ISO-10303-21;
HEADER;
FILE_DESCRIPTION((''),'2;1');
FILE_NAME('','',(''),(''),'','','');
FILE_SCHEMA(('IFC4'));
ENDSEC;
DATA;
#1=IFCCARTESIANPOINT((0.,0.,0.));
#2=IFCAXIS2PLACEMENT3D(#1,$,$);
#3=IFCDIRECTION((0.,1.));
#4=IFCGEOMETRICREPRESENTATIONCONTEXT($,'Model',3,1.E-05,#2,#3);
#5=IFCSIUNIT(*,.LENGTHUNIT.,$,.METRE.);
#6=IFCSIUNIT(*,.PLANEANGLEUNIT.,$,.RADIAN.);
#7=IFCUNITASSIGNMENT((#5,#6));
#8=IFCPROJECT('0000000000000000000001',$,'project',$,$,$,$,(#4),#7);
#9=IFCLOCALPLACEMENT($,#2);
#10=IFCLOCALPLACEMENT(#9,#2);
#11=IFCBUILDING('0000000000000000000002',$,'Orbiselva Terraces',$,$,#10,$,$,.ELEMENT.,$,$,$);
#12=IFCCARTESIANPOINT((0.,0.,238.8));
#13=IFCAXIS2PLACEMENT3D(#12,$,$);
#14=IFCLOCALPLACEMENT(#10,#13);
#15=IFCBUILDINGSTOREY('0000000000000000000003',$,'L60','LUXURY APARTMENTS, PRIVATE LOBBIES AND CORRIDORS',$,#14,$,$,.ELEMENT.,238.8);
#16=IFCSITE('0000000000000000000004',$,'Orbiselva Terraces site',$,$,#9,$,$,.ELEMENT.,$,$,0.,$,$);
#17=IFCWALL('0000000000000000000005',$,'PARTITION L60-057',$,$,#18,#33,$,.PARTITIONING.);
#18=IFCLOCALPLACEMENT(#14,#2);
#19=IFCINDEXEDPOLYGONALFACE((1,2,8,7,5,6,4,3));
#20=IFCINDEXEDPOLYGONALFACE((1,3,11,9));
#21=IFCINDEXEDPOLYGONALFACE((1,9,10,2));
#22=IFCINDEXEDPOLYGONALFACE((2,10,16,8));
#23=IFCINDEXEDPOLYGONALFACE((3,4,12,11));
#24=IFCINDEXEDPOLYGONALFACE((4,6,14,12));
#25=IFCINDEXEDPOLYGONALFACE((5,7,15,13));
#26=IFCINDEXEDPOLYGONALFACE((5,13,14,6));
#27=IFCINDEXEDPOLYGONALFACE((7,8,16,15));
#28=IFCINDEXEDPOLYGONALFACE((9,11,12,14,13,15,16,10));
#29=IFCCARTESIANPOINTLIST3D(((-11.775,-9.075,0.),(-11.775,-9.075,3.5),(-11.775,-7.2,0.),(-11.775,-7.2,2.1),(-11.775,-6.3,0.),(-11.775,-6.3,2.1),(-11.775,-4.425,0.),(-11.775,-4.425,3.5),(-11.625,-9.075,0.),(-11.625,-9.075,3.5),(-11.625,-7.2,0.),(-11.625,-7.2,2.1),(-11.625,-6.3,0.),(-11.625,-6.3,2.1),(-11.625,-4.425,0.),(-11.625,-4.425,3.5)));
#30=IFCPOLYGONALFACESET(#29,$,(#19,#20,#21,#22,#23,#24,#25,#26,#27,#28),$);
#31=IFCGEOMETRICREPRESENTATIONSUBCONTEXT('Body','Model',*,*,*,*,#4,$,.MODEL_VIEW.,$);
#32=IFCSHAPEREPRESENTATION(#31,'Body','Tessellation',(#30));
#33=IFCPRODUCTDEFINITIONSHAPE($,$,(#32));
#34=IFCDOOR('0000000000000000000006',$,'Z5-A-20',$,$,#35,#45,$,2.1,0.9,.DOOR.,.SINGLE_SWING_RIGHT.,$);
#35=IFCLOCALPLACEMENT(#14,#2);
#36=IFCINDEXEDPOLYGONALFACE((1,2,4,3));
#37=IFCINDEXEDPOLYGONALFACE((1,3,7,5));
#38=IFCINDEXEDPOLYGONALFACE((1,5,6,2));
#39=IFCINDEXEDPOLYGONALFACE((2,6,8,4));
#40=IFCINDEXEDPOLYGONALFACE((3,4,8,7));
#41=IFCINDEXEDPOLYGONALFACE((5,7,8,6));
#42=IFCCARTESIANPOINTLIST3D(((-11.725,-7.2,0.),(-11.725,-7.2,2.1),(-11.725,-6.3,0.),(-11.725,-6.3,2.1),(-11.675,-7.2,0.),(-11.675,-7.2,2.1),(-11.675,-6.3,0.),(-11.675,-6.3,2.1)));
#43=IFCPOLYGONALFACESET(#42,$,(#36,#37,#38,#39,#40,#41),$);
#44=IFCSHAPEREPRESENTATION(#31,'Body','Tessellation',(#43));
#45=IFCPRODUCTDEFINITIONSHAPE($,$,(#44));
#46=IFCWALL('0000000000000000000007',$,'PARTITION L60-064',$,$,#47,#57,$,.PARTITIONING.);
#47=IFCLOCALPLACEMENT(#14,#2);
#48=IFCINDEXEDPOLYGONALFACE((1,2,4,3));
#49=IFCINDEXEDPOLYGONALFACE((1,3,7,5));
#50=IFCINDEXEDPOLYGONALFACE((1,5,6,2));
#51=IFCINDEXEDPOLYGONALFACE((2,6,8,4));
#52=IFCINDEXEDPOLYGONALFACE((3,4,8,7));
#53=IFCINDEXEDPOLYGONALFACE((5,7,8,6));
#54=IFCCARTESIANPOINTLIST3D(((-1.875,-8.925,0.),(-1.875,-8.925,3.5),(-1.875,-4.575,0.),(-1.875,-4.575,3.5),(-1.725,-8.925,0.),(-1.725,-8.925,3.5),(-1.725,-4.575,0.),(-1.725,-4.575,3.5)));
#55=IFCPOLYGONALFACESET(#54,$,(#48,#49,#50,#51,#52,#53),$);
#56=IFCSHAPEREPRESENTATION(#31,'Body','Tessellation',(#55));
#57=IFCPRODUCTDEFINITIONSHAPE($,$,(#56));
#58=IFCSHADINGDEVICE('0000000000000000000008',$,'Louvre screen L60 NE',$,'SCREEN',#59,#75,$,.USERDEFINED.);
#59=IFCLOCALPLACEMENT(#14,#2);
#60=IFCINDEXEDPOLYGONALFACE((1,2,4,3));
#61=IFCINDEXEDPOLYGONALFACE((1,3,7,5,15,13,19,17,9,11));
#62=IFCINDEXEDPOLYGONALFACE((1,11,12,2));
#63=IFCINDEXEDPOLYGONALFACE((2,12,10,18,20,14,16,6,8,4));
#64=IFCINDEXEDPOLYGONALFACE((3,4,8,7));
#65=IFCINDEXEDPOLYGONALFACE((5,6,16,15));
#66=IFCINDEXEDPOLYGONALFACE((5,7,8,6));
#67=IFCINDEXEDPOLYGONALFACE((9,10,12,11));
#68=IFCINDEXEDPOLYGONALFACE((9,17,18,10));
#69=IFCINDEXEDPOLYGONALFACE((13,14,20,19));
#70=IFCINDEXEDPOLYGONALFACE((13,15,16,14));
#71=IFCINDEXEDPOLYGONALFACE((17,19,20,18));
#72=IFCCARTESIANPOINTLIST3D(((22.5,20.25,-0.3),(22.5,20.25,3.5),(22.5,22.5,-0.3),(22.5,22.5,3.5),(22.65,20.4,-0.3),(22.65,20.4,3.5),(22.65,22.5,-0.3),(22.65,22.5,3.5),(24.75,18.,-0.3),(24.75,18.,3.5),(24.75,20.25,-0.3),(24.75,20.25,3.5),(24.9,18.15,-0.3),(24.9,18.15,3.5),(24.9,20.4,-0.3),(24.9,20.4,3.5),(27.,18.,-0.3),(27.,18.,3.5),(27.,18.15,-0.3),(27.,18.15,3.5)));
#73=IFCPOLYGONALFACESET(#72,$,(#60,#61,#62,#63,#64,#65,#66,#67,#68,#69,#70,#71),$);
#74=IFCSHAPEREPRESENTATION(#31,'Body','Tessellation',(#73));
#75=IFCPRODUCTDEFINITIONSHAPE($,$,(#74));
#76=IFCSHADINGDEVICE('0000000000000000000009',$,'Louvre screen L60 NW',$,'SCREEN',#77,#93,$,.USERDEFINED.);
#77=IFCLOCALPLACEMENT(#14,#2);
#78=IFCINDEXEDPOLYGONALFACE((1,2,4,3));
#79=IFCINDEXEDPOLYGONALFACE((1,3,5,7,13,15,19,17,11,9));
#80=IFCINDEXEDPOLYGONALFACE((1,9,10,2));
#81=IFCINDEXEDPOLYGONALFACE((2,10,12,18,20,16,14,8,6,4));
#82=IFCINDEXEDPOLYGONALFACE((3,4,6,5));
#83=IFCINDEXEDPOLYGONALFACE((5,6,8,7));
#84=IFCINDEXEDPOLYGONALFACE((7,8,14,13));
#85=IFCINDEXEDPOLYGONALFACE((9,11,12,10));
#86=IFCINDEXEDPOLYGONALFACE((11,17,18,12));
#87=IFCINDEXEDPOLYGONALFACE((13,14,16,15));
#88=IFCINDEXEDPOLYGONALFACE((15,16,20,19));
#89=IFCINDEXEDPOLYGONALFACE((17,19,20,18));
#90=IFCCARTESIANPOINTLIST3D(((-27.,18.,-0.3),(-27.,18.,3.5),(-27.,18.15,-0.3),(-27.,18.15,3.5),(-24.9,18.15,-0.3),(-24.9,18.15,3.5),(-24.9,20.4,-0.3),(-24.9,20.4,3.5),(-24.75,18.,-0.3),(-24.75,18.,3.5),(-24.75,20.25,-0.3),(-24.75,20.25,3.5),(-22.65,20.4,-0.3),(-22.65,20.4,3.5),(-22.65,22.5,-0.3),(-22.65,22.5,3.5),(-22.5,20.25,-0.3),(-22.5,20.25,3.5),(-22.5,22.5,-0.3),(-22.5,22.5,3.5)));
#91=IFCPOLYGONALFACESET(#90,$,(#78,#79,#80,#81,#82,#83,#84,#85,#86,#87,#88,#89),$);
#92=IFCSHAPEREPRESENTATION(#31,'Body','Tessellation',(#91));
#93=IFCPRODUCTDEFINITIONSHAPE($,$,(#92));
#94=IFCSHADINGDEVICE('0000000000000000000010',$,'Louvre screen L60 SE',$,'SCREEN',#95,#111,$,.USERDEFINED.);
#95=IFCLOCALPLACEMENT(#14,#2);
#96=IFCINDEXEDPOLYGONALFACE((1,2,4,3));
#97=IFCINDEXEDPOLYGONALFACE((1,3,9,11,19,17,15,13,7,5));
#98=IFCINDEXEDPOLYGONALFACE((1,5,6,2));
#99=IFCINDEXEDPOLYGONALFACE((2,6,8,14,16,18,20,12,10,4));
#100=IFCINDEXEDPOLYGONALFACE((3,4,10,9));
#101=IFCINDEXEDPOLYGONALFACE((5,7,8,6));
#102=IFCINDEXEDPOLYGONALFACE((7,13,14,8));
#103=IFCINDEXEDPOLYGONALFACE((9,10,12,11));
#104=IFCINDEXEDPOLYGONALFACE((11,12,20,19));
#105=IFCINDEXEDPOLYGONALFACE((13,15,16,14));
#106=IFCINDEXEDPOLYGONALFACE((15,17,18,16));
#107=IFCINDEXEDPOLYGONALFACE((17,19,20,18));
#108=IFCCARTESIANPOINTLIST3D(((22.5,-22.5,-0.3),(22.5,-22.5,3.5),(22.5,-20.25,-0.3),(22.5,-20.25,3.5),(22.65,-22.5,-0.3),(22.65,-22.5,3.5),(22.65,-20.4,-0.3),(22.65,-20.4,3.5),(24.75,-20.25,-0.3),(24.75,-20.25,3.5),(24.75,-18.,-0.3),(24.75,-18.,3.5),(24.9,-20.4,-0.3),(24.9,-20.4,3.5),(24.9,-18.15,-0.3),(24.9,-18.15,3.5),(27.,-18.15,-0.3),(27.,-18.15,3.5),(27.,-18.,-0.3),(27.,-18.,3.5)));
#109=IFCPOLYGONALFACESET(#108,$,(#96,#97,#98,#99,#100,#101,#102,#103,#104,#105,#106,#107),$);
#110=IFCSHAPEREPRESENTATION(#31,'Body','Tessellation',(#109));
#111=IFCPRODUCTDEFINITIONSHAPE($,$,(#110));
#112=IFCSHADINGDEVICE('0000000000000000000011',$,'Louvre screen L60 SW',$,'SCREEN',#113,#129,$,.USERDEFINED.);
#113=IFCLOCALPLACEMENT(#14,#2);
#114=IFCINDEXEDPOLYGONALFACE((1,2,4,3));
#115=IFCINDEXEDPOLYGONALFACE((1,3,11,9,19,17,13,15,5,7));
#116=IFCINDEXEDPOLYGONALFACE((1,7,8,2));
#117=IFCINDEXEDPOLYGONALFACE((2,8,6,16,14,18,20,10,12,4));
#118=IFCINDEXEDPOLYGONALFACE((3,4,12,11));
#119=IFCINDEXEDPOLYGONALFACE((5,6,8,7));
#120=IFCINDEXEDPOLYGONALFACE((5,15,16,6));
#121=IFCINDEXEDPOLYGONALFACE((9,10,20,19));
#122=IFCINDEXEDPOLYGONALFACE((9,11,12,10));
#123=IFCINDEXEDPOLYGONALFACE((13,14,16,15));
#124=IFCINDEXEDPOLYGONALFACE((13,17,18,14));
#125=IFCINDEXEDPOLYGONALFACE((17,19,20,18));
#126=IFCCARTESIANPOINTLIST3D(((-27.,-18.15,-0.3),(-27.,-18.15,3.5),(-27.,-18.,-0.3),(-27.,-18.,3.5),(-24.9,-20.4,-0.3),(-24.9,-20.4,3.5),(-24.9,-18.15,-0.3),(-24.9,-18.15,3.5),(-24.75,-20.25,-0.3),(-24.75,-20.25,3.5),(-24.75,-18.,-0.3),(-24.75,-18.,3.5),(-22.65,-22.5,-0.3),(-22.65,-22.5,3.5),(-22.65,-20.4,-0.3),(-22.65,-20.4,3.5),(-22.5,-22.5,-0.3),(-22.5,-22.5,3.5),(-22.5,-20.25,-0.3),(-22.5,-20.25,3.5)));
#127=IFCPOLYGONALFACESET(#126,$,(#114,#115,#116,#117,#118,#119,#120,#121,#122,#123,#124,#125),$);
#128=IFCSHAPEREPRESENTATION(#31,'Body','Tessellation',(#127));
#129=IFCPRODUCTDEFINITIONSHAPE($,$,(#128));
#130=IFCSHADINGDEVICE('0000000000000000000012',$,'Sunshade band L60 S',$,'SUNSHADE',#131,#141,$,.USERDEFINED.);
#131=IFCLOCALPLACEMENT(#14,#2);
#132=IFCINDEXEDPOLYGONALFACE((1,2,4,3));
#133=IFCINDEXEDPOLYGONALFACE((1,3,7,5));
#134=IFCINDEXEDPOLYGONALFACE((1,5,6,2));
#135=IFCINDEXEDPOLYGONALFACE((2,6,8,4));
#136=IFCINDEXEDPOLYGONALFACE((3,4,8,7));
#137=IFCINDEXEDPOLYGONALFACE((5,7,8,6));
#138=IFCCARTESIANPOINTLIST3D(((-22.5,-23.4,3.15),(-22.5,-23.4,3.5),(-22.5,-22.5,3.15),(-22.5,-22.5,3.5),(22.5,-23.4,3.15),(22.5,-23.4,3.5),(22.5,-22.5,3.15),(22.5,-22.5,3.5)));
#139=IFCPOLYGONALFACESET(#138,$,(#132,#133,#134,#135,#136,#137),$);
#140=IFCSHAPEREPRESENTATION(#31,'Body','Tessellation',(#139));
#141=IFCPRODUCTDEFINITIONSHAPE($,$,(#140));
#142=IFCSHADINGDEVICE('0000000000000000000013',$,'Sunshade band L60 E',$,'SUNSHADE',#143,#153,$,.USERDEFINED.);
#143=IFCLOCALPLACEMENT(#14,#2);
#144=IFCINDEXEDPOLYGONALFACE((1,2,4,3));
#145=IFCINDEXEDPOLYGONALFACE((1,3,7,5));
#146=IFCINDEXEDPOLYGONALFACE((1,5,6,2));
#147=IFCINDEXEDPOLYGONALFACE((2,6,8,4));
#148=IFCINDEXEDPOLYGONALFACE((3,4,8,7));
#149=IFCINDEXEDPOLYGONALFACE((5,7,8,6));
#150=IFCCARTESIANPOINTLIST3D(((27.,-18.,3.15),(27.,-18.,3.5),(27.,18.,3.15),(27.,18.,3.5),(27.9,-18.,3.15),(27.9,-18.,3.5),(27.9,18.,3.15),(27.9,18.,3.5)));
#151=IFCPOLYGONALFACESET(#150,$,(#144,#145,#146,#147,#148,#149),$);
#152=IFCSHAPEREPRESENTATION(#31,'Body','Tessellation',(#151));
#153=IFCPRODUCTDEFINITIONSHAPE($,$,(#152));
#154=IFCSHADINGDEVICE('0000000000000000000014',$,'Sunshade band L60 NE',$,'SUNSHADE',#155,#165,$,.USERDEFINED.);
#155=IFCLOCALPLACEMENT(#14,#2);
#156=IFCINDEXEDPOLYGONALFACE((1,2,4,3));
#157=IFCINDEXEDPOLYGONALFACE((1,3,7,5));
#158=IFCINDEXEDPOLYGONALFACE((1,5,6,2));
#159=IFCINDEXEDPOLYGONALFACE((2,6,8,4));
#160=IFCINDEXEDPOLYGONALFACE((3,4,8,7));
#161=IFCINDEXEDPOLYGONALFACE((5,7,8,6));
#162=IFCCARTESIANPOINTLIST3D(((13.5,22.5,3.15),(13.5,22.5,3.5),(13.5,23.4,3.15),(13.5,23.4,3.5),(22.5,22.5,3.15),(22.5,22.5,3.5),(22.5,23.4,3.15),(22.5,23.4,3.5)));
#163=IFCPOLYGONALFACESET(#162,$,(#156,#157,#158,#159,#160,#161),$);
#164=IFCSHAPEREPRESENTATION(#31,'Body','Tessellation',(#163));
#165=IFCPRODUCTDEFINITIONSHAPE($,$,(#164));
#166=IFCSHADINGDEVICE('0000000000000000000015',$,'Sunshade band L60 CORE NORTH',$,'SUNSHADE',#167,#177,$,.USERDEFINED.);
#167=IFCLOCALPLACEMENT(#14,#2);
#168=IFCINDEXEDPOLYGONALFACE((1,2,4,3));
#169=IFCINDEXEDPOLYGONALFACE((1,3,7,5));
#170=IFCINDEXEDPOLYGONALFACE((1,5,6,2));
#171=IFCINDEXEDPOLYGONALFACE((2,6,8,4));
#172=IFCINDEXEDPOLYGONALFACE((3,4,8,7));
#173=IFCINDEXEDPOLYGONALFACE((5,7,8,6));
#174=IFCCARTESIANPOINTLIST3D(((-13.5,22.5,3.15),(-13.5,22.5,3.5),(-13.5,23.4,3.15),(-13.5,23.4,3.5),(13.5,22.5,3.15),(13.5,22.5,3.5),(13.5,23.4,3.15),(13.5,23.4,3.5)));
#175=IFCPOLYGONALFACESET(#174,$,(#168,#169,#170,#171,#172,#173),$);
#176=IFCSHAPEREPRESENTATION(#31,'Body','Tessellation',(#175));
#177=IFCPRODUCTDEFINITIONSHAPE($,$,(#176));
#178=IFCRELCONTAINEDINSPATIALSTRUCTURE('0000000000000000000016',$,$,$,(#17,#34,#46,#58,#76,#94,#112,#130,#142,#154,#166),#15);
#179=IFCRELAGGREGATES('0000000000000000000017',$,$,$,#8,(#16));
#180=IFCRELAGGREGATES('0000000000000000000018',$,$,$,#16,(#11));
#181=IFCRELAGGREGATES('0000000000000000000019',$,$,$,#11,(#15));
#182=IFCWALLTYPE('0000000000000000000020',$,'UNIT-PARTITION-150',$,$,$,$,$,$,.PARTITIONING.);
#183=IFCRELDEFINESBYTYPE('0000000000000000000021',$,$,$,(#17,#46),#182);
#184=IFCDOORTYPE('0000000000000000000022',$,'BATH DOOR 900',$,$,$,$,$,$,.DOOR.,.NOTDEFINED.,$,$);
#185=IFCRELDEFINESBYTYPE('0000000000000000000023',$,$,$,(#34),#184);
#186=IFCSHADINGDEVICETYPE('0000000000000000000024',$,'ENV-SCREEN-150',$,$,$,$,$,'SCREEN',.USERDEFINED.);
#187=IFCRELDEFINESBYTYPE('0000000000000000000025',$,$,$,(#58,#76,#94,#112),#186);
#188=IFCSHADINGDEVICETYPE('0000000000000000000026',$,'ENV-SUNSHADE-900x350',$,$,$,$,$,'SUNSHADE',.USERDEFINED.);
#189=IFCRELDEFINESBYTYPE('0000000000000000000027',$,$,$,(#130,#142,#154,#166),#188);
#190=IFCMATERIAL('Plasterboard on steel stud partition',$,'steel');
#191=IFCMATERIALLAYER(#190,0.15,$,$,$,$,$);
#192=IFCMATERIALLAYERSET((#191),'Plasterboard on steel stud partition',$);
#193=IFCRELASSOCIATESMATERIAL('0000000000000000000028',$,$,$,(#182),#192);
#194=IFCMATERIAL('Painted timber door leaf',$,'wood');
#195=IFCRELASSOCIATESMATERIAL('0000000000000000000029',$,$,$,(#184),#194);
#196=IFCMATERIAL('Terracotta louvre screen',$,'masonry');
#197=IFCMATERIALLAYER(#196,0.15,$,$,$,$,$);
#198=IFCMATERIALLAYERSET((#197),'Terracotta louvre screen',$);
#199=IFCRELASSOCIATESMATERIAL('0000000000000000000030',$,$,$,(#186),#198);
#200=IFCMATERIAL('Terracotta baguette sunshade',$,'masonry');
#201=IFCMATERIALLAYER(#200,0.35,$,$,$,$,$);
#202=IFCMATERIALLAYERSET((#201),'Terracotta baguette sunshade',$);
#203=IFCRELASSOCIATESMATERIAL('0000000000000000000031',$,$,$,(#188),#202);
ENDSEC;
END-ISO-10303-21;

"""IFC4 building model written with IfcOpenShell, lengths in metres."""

from ifc_helpers import new_model, si_unit, direction, frame, frame_2d, origin, place, context, subcontext, project, spatial, polyline, rectangle, outline, extrude, material, layer, layer_set, type_object, element, fill, save


model = new_model("IFC4")

# Units and contexts
model_context = context("Model", 3, precision=1e-05, world=origin(), true_north=direction((0.0, 1.0)))
body_context = subcontext(model_context, "Body", "Model", "MODEL_VIEW")
ifc_project = project(units=[si_unit("LENGTHUNIT", "METRE"), si_unit("PLANEANGLEUNIT", "RADIAN")], contexts=[model_context])

# Site, building, storey
site_placement = place(None, origin())
site = spatial("IfcSite", under=ifc_project, at=site_placement, Name="Orbiselva Terraces site", CompositionType="ELEMENT", RefElevation=0.0)
building_placement = place(site_placement, origin())
building = spatial("IfcBuilding", under=site, at=building_placement, Name="Orbiselva Terraces", CompositionType="ELEMENT")
storey_placement = place(building_placement, frame((0.0, 0.0, 238.8)))
storey = spatial("IfcBuildingStorey", under=building, at=storey_placement, Name="L60", Description="LUXURY APARTMENTS, PRIVATE LOBBIES AND CORRIDORS", CompositionType="ELEMENT", Elevation=238.8)

# Shared definitions
ifc_material_1 = material(Name="Plasterboard on steel stud partition", Category="steel")
ifc_layer_1 = layer(ifc_material_1, 0.15)
ifc_layer_set_1 = layer_set([ifc_layer_1], Name="Plasterboard on steel stud partition")
wall_type = type_object("IfcWallType", Name="UNIT-PARTITION-150", PredefinedType="PARTITIONING", material=ifc_layer_set_1)

# Shared definitions
ifc_material_2 = material(Name="Painted timber door leaf", Category="wood")

# Wall, opening, door
wall_1_placement = place(storey_placement, frame((-11.7, -4.425, 0.0), z_axis=(0.0, 0.0, 1.0), x_axis=(0.0, -1.0, 0.0)))
wall_1 = element("IfcWall", 1, at=wall_1_placement, inside=storey, type_object=wall_type, Name="PARTITION L60-057", PredefinedType="PARTITIONING", context=body_context, shape_type="SweptSolid", body=[
    extrude(rectangle(XDim=4.65, YDim=0.15, at=frame_2d((2.325, 0.0))), origin(), (0.0, 0.0, 1.0), 3.5),
])
opening_1_placement = place(wall_1_placement, frame((1.875, 0.0, 0.0)))
opening_1 = element("IfcOpeningElement", 2, at=opening_1_placement, cuts=wall_1, PredefinedType="OPENING", context=body_context, shape_type="SweptSolid", body=[
    extrude(rectangle(XDim=0.9, YDim=2.1, at=frame_2d((0.45, 1.05))), frame((0.0, 0.085, 0.0), z_axis=(0.0, -1.0, 0.0), x_axis=(1.0, 0.0, 0.0)), (0.0, 0.0, 1.0), 0.17),
])
door_type_1 = type_object("IfcDoorType", Name="BATH DOOR 900", OperationType="NOTDEFINED", PredefinedType="DOOR", material=ifc_material_2)
door_1_placement = place(opening_1_placement, origin())
door_1 = element("IfcDoor", 3, at=door_1_placement, inside=storey, type_object=door_type_1, Name="Z5-A-20", OperationType="SINGLE_SWING_RIGHT", OverallHeight=2.1, OverallWidth=0.9, PredefinedType="DOOR", context=body_context, shape_type="SweptSolid", body=[
    extrude(rectangle(XDim=0.9, YDim=2.1, at=frame_2d((0.45, 1.05))), frame((0.0, 0.025, 0.0), z_axis=(0.0, -1.0, 0.0), x_axis=(1.0, 0.0, 0.0)), (0.0, 0.0, 1.0), 0.05),
])
fill(opening_1, door_1)

# Wall
wall_2_placement = place(storey_placement, frame((-1.8, -8.925, 0.0), z_axis=(0.0, 0.0, 1.0), x_axis=(0.0, 1.0, 0.0)))
element("IfcWall", 4, at=wall_2_placement, inside=storey, type_object=wall_type, Name="PARTITION L60-064", PredefinedType="PARTITIONING", context=body_context, shape_type="SweptSolid", body=[
    extrude(rectangle(XDim=4.35, YDim=0.15, at=frame_2d((2.175, 0.0))), origin(), (0.0, 0.0, 1.0), 3.5),
])

# Shading devices
ifc_material_3 = material(Name="Terracotta louvre screen", Category="masonry")
ifc_layer_2 = layer(ifc_material_3, 0.15)
ifc_layer_set_2 = layer_set([ifc_layer_2], Name="Terracotta louvre screen")
shading_device_type_1 = type_object("IfcShadingDeviceType", Name="ENV-SCREEN-150", ElementType="SCREEN", PredefinedType="USERDEFINED", material=ifc_layer_set_2)
shading_device_1_placement = place(storey_placement, frame((0.0, 0.0, -0.3)))
element("IfcShadingDevice", 5, at=shading_device_1_placement, inside=storey, type_object=shading_device_type_1, Name="Louvre screen L60 NE", ObjectType="SCREEN", PredefinedType="USERDEFINED", context=body_context, shape_type="SweptSolid", body=[
    extrude(outline(polyline([(27.0, 18.15), (24.9, 18.15), (24.9, 20.4), (22.65, 20.4), (22.65, 22.5), (22.5, 22.5), (22.5, 20.25), (24.75, 20.25), (24.75, 18.0), (27.0, 18.0), (27.0, 18.15)])), origin(), (0.0, 0.0, 1.0), 3.8),
])
shading_device_2_placement = place(storey_placement, frame((0.0, 0.0, -0.3)))
element("IfcShadingDevice", 6, at=shading_device_2_placement, inside=storey, type_object=shading_device_type_1, Name="Louvre screen L60 NW", ObjectType="SCREEN", PredefinedType="USERDEFINED", context=body_context, shape_type="SweptSolid", body=[
    extrude(outline(polyline([(-22.65, 22.5), (-22.65, 20.4), (-24.9, 20.4), (-24.9, 18.15), (-27.0, 18.15), (-27.0, 18.0), (-24.75, 18.0), (-24.75, 20.25), (-22.5, 20.25), (-22.5, 22.5), (-22.65, 22.5)])), origin(), (0.0, 0.0, 1.0), 3.8),
])
shading_device_3_placement = place(storey_placement, frame((0.0, 0.0, -0.3)))
element("IfcShadingDevice", 7, at=shading_device_3_placement, inside=storey, type_object=shading_device_type_1, Name="Louvre screen L60 SE", ObjectType="SCREEN", PredefinedType="USERDEFINED", context=body_context, shape_type="SweptSolid", body=[
    extrude(outline(polyline([(22.65, -22.5), (22.65, -20.4), (24.9, -20.4), (24.9, -18.15), (27.0, -18.15), (27.0, -18.0), (24.75, -18.0), (24.75, -20.25), (22.5, -20.25), (22.5, -22.5), (22.65, -22.5)])), origin(), (0.0, 0.0, 1.0), 3.8),
])
shading_device_4_placement = place(storey_placement, frame((0.0, 0.0, -0.3)))
element("IfcShadingDevice", 8, at=shading_device_4_placement, inside=storey, type_object=shading_device_type_1, Name="Louvre screen L60 SW", ObjectType="SCREEN", PredefinedType="USERDEFINED", context=body_context, shape_type="SweptSolid", body=[
    extrude(outline(polyline([(-27.0, -18.15), (-24.9, -18.15), (-24.9, -20.4), (-22.65, -20.4), (-22.65, -22.5), (-22.5, -22.5), (-22.5, -20.25), (-24.75, -20.25), (-24.75, -18.0), (-27.0, -18.0), (-27.0, -18.15)])), origin(), (0.0, 0.0, 1.0), 3.8),
])
ifc_material_4 = material(Name="Terracotta baguette sunshade", Category="masonry")
ifc_layer_3 = layer(ifc_material_4, 0.35)
ifc_layer_set_3 = layer_set([ifc_layer_3], Name="Terracotta baguette sunshade")
shading_device_type_2 = type_object("IfcShadingDeviceType", Name="ENV-SUNSHADE-900x350", ElementType="SUNSHADE", PredefinedType="USERDEFINED", material=ifc_layer_set_3)
shading_device_5_placement = place(storey_placement, frame((0.0, 0.0, 3.15)))
element("IfcShadingDevice", 9, at=shading_device_5_placement, inside=storey, type_object=shading_device_type_2, Name="Sunshade band L60 S", ObjectType="SUNSHADE", PredefinedType="USERDEFINED", context=body_context, shape_type="SweptSolid", body=[
    extrude(outline(polyline([(-22.5, -23.4), (22.5, -23.4), (22.5, -22.5), (-22.5, -22.5), (-22.5, -23.4)])), origin(), (0.0, 0.0, 1.0), 0.35),
])
shading_device_6_placement = place(storey_placement, frame((0.0, 0.0, 3.15)))
element("IfcShadingDevice", 10, at=shading_device_6_placement, inside=storey, type_object=shading_device_type_2, Name="Sunshade band L60 E", ObjectType="SUNSHADE", PredefinedType="USERDEFINED", context=body_context, shape_type="SweptSolid", body=[
    extrude(outline(polyline([(27.9, -18.0), (27.9, 18.0), (27.0, 18.0), (27.0, -18.0), (27.9, -18.0)])), origin(), (0.0, 0.0, 1.0), 0.35),
])
shading_device_7_placement = place(storey_placement, frame((0.0, 0.0, 3.15)))
element("IfcShadingDevice", 11, at=shading_device_7_placement, inside=storey, type_object=shading_device_type_2, Name="Sunshade band L60 NE", ObjectType="SUNSHADE", PredefinedType="USERDEFINED", context=body_context, shape_type="SweptSolid", body=[
    extrude(outline(polyline([(22.5, 23.4), (13.5, 23.4), (13.5, 22.5), (22.5, 22.5), (22.5, 23.4)])), origin(), (0.0, 0.0, 1.0), 0.35),
])
shading_device_8_placement = place(storey_placement, frame((0.0, 0.0, 3.15)))
element("IfcShadingDevice", 12, at=shading_device_8_placement, inside=storey, type_object=shading_device_type_2, Name="Sunshade band L60 CORE NORTH", ObjectType="SUNSHADE", PredefinedType="USERDEFINED", context=body_context, shape_type="SweptSolid", body=[
    extrude(outline(polyline([(13.5, 23.4), (-13.5, 23.4), (-13.5, 22.5), (13.5, 22.5), (13.5, 23.4)])), origin(), (0.0, 0.0, 1.0), 0.35),
])

save(model, "model.ifc")
